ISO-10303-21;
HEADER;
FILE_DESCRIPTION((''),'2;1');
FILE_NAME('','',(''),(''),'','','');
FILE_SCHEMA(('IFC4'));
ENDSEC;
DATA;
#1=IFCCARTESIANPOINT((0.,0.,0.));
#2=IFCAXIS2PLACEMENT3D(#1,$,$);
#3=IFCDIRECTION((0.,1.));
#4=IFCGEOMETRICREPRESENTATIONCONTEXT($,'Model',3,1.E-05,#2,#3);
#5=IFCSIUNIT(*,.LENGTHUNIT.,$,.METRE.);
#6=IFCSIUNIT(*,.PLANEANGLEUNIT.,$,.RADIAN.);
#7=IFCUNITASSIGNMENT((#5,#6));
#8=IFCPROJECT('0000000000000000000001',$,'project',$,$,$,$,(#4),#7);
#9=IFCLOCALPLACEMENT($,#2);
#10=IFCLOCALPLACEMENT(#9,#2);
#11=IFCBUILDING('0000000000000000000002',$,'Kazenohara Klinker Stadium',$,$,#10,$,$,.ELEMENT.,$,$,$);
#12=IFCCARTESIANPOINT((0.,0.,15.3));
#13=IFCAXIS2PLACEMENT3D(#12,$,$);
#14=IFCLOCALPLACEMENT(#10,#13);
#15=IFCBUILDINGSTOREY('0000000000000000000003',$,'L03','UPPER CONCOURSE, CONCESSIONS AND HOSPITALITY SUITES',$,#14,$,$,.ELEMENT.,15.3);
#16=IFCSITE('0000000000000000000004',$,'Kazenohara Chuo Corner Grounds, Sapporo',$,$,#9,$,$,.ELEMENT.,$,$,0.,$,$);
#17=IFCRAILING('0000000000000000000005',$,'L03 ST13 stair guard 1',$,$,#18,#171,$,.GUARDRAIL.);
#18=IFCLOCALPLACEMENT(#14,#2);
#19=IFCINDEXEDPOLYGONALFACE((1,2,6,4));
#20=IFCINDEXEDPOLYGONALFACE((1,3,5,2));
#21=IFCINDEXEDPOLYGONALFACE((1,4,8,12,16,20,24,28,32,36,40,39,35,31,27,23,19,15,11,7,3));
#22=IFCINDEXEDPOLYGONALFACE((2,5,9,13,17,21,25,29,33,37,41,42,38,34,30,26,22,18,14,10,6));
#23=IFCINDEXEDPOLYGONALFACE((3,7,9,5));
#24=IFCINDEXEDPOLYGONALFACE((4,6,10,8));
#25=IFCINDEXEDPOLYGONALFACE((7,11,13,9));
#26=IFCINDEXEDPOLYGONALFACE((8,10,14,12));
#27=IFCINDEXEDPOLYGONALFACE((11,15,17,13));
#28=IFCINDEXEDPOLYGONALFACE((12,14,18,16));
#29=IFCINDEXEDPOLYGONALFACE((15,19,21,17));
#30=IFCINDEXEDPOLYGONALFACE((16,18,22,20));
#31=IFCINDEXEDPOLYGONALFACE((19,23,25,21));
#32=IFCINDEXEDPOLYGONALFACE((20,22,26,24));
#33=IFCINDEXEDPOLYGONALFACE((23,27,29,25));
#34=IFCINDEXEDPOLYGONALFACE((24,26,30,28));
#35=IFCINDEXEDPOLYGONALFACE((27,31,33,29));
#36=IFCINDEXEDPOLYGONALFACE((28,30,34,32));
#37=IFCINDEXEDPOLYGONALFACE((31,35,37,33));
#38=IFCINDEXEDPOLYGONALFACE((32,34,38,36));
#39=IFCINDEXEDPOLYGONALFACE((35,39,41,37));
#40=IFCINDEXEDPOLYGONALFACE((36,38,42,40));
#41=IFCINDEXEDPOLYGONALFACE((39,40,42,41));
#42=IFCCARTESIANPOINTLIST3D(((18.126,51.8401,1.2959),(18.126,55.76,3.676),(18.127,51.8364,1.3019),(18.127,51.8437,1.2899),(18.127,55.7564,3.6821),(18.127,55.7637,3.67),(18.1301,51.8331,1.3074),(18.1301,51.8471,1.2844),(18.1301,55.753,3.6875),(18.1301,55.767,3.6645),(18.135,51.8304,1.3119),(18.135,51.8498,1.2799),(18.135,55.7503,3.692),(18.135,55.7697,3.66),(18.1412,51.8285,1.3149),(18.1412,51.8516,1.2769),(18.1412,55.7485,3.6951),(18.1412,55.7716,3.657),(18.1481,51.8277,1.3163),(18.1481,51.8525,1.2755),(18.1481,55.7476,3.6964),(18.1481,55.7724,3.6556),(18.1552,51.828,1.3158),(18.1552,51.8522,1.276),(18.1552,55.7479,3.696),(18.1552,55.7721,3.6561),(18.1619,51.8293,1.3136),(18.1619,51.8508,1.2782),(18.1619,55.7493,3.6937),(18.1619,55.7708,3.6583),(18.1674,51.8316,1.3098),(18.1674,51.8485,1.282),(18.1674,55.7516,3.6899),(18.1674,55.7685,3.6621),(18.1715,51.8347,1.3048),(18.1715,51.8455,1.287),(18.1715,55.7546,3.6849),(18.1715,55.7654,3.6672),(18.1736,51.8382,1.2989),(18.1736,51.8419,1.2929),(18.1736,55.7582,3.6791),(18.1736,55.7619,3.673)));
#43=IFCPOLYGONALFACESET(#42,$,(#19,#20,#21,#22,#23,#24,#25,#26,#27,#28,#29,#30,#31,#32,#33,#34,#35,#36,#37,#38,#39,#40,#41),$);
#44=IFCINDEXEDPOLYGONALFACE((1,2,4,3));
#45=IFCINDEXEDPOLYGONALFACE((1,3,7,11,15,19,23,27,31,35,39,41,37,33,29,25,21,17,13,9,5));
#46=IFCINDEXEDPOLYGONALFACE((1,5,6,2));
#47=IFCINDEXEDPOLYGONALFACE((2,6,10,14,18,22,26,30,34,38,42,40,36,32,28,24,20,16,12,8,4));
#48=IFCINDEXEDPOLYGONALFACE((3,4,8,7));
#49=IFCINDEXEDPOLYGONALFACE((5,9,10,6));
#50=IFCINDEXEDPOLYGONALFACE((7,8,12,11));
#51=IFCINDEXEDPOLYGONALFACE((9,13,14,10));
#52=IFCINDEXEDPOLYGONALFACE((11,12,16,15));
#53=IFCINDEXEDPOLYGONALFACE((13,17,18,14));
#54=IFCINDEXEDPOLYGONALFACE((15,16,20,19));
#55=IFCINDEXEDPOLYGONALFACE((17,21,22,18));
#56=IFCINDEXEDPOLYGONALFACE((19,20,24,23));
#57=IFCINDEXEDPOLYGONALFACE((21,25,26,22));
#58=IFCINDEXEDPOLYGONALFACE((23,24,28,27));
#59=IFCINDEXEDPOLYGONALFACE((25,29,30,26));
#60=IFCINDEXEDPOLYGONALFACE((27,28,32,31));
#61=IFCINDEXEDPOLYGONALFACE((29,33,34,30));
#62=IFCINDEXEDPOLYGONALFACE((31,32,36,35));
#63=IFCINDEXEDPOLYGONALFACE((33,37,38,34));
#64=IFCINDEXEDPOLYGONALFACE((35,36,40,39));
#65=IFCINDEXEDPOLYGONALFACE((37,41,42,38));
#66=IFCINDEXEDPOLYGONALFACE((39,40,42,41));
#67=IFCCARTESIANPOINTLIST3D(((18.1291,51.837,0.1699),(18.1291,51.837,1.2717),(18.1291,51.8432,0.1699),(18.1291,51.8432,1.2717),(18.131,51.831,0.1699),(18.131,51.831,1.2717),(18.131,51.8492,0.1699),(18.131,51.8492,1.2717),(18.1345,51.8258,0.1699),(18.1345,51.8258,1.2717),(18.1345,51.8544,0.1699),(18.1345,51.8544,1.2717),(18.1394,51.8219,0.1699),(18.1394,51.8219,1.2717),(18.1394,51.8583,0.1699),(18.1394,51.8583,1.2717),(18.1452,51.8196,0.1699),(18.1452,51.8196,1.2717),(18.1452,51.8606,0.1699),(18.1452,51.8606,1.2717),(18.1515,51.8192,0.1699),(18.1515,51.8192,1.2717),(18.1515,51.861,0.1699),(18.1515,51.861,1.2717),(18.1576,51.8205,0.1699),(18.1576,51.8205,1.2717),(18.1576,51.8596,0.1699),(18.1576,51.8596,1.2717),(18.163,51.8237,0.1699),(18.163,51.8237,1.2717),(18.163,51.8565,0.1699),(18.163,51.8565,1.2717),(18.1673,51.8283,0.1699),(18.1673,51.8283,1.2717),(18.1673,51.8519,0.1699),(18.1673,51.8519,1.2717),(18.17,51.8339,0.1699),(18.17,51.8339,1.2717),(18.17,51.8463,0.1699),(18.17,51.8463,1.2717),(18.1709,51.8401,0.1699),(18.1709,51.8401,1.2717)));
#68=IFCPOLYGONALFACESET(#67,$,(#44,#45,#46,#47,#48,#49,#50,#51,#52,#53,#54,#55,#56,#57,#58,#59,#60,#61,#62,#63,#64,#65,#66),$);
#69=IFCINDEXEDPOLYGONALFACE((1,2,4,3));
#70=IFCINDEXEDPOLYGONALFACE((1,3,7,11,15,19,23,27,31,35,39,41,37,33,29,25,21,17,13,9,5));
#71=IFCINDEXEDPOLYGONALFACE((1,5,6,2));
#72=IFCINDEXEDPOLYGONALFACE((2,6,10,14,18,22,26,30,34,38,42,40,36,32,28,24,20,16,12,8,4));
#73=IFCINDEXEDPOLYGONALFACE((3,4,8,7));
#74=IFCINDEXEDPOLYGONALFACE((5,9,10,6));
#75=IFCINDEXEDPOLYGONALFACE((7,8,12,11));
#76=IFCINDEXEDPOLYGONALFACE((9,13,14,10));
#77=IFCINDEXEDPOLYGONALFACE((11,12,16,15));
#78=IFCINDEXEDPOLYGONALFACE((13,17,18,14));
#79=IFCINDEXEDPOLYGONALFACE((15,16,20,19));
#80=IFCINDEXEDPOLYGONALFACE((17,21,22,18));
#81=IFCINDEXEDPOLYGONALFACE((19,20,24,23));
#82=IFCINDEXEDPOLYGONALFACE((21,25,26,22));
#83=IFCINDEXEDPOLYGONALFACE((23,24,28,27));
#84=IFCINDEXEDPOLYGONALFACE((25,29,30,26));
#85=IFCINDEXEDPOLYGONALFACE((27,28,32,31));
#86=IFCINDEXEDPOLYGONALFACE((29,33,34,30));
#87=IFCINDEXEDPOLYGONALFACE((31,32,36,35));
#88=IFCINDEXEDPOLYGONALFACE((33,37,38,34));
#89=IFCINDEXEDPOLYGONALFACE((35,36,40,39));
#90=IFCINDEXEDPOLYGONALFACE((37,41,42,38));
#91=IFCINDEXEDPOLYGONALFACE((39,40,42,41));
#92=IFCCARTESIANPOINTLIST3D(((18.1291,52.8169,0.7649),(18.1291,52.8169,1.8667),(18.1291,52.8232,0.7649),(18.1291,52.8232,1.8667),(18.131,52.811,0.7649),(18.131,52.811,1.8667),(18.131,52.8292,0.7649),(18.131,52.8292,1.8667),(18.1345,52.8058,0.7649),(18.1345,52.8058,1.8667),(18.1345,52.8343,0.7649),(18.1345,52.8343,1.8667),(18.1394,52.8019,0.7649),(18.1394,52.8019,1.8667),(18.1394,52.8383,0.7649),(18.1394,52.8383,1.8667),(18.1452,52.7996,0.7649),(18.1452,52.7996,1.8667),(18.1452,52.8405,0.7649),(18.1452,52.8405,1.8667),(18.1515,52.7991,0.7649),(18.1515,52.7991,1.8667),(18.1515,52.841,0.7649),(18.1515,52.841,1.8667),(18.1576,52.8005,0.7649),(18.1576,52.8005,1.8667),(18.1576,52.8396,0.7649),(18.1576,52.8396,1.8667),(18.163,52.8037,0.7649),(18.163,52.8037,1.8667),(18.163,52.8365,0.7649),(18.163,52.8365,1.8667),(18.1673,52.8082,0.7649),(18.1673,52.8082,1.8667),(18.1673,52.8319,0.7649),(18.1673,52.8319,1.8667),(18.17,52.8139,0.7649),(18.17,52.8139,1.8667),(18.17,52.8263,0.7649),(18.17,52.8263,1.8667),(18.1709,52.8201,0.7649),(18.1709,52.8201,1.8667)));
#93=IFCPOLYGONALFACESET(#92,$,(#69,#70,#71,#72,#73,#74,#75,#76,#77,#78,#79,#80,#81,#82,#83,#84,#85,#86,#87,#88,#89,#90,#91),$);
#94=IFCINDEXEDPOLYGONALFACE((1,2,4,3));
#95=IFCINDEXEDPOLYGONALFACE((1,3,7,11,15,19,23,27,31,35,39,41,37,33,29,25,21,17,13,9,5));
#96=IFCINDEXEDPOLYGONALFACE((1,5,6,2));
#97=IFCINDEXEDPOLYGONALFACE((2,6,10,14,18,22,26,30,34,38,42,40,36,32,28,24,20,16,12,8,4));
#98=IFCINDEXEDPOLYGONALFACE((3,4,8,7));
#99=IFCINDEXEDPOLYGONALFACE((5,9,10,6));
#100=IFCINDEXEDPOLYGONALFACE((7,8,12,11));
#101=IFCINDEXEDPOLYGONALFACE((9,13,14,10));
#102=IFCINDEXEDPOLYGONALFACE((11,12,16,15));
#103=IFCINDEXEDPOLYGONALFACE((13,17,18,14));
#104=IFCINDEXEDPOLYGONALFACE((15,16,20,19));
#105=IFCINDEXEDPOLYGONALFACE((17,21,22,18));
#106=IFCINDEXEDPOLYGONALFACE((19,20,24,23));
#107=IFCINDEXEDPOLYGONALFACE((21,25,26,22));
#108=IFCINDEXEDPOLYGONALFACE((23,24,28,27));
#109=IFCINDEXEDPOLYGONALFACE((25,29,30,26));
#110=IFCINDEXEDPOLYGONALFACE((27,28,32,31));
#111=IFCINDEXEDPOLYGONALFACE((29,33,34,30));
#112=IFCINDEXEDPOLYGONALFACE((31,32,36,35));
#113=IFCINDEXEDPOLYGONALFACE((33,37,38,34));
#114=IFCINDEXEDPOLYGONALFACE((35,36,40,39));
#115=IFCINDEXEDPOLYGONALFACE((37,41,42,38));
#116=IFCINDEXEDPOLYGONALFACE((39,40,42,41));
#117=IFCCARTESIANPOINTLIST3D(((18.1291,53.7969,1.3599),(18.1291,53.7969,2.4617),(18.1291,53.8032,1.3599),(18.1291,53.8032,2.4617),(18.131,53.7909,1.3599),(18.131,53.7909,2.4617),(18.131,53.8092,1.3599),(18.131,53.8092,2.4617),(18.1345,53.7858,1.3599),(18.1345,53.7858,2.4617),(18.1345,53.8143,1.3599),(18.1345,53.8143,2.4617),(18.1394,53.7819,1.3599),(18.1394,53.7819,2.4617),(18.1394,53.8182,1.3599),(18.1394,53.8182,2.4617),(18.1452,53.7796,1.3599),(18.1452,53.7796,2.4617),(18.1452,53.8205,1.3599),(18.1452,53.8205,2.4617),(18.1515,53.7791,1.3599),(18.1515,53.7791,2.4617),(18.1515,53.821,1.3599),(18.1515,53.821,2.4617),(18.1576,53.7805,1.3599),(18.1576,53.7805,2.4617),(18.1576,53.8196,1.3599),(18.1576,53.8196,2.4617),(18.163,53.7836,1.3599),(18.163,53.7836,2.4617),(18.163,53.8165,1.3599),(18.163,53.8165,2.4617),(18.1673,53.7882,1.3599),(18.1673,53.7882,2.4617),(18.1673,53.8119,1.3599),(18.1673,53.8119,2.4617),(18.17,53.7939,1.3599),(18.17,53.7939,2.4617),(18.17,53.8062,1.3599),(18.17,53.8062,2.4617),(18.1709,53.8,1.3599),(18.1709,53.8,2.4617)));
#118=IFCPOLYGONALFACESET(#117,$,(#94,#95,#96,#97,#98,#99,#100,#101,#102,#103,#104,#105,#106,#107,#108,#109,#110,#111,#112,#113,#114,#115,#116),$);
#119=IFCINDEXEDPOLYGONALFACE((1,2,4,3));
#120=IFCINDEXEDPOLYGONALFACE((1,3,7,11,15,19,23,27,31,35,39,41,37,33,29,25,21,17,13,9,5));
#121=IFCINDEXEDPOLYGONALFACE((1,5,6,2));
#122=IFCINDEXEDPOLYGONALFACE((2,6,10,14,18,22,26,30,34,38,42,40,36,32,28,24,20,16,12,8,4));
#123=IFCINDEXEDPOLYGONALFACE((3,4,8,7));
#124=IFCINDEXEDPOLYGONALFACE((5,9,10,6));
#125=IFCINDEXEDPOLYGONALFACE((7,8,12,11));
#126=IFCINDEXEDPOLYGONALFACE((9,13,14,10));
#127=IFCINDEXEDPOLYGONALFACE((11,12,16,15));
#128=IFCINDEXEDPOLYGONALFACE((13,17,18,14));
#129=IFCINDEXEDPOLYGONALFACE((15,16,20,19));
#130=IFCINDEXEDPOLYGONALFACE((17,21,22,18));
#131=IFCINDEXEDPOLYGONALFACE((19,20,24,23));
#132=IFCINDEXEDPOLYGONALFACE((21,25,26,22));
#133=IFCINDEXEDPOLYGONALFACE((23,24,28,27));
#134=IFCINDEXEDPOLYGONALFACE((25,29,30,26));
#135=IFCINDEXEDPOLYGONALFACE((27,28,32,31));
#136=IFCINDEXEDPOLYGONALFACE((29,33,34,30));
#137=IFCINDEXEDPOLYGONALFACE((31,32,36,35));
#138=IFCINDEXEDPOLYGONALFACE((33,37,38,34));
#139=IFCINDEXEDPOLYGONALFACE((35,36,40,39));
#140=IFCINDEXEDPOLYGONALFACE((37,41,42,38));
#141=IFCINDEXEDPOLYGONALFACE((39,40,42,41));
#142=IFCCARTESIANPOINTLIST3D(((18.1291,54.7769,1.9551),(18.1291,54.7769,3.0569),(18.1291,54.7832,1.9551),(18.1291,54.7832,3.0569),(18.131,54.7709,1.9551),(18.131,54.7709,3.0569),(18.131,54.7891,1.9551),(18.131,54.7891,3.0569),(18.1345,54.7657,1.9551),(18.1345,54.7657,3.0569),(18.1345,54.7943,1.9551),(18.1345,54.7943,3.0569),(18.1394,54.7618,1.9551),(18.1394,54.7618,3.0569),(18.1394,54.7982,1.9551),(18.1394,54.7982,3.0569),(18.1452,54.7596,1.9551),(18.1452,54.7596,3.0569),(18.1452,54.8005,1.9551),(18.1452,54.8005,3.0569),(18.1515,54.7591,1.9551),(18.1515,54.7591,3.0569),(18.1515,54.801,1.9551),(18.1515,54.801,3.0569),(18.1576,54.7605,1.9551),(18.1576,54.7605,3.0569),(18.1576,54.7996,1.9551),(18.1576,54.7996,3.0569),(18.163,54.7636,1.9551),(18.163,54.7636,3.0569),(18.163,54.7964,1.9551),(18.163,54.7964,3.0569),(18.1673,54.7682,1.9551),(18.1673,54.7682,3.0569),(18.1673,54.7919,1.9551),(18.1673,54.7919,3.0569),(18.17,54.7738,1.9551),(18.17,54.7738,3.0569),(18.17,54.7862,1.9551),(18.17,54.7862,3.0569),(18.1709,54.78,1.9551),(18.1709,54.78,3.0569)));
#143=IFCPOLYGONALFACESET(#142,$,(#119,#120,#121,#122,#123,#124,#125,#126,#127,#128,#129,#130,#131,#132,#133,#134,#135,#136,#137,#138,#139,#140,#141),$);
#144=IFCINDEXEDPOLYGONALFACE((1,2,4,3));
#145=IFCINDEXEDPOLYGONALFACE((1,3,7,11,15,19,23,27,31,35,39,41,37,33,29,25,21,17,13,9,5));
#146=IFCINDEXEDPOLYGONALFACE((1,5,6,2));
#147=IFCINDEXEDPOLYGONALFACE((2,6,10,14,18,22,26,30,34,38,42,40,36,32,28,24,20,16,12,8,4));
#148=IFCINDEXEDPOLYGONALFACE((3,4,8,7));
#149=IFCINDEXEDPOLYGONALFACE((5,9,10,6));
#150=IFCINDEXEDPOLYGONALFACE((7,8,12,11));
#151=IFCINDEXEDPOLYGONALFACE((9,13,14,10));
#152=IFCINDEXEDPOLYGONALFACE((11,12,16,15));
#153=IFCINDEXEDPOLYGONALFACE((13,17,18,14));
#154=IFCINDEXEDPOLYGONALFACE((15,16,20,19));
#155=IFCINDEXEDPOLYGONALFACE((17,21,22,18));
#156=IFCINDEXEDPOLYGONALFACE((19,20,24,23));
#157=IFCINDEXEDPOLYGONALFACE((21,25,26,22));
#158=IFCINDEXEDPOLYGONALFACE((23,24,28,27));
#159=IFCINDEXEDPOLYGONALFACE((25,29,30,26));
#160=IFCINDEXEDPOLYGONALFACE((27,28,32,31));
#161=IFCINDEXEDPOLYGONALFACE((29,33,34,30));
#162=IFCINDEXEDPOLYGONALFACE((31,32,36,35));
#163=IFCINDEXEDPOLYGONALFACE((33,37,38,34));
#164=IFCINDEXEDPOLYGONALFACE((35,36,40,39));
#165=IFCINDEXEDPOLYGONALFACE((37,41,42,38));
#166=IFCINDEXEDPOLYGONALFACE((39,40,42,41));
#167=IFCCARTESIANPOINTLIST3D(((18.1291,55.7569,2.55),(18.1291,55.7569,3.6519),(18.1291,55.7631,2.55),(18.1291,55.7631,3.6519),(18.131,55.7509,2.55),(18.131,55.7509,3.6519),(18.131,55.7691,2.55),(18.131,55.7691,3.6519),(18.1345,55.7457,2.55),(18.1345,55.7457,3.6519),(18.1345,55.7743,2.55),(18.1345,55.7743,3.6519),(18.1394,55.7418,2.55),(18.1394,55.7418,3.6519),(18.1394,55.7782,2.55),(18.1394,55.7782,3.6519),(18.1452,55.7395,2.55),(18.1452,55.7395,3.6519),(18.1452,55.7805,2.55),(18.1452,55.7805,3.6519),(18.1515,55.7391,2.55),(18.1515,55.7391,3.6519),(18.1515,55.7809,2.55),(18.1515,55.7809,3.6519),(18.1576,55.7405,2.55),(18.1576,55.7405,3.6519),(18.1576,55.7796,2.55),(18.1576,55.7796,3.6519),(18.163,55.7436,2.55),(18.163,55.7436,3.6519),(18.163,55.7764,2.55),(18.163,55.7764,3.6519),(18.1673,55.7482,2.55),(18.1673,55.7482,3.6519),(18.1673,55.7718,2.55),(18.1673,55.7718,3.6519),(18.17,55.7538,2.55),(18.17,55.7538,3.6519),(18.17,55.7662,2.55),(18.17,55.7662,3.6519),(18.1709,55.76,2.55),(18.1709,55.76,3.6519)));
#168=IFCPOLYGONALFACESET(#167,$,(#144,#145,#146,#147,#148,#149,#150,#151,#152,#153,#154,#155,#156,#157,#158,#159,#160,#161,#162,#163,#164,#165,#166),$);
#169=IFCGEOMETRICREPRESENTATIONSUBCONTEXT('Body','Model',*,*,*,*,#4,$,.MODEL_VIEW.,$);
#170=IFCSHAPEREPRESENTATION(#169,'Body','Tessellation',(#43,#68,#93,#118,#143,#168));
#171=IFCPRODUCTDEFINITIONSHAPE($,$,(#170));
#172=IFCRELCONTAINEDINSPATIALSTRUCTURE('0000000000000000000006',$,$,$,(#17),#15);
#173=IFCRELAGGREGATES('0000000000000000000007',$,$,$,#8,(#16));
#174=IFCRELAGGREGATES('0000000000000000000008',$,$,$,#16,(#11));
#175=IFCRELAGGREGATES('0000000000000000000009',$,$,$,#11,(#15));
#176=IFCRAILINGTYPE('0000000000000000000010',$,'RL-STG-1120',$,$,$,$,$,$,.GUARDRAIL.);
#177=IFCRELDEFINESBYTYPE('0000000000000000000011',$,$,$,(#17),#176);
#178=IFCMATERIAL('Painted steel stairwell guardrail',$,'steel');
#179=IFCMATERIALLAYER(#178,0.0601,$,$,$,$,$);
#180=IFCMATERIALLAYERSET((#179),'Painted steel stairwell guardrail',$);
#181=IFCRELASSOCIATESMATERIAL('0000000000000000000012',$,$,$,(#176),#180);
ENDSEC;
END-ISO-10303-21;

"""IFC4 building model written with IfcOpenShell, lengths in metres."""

from ifc_helpers import new_model, si_unit, direction, frame, origin, origin_2d, place, context, subcontext, project, spatial, circle, extrude, material, layer, layer_set, type_object, element, save


model = new_model("IFC4")

# Units and contexts
model_context = context("Model", 3, precision=1e-05, world=origin(), true_north=direction((0.0, 1.0)))
body_context = subcontext(model_context, "Body", "Model", "MODEL_VIEW")
ifc_project = project(units=[si_unit("LENGTHUNIT", "METRE"), si_unit("PLANEANGLEUNIT", "RADIAN")], contexts=[model_context])

# Site, building, storey
site_placement = place(None, origin())
site = spatial("IfcSite", under=ifc_project, at=site_placement, Name="Kazenohara Chuo Corner Grounds, Sapporo", CompositionType="ELEMENT", RefElevation=0.0)
building_placement = place(site_placement, origin())
building = spatial("IfcBuilding", under=site, at=building_placement, Name="Kazenohara Klinker Stadium", CompositionType="ELEMENT")
storey_placement = place(building_placement, frame((0.0, 0.0, 15.3)))
storey = spatial("IfcBuildingStorey", under=building, at=storey_placement, Name="L03", Description="UPPER CONCOURSE, CONCESSIONS AND HOSPITALITY SUITES", CompositionType="ELEMENT", Elevation=15.3)

# Railing
ifc_material_1 = material(Name="Painted steel stairwell guardrail", Category="steel")
ifc_layer_1 = layer(ifc_material_1, 0.0601)
ifc_layer_set_1 = layer_set([ifc_layer_1], Name="Painted steel stairwell guardrail")
railing_type_1 = type_object("IfcRailingType", Name="RL-STG-1120", PredefinedType="GUARDRAIL", material=ifc_layer_set_1)
railing_1_placement = place(storey_placement, frame((18.1499, 51.8401, 0.1699)))
element("IfcRailing", 1, at=railing_1_placement, inside=storey, type_object=railing_type_1, Name="L03 ST13 stair guard 1", PredefinedType="GUARDRAIL", context=body_context, shape_type="SweptSolid", body=[
    extrude(circle(Radius=0.0239, at=origin_2d()), frame((0.0, 0.0, 1.126), z_axis=(0.0, 0.854771, 0.519006), x_axis=(-1.0, 0.0, 0.0)), (0.0, 0.0, 1.0), 4.5859),
    extrude(circle(Radius=0.021, at=origin_2d()), origin(), (0.0, 0.0, 1.0), 1.1018),
    extrude(circle(Radius=0.021, at=origin_2d()), frame((0.0, 0.98, 0.595)), (0.0, 0.0, 1.0), 1.1018),
    extrude(circle(Radius=0.021, at=origin_2d()), frame((0.0, 1.96, 1.1899)), (0.0, 0.0, 1.0), 1.1018),
    extrude(circle(Radius=0.021, at=origin_2d()), frame((0.0, 2.9399, 1.7852)), (0.0, 0.0, 1.0), 1.1018),
    extrude(circle(Radius=0.021, at=origin_2d()), frame((0.0, 3.9199, 2.3801)), (0.0, 0.0, 1.0), 1.1018),
])

save(model, "model.ifc")
